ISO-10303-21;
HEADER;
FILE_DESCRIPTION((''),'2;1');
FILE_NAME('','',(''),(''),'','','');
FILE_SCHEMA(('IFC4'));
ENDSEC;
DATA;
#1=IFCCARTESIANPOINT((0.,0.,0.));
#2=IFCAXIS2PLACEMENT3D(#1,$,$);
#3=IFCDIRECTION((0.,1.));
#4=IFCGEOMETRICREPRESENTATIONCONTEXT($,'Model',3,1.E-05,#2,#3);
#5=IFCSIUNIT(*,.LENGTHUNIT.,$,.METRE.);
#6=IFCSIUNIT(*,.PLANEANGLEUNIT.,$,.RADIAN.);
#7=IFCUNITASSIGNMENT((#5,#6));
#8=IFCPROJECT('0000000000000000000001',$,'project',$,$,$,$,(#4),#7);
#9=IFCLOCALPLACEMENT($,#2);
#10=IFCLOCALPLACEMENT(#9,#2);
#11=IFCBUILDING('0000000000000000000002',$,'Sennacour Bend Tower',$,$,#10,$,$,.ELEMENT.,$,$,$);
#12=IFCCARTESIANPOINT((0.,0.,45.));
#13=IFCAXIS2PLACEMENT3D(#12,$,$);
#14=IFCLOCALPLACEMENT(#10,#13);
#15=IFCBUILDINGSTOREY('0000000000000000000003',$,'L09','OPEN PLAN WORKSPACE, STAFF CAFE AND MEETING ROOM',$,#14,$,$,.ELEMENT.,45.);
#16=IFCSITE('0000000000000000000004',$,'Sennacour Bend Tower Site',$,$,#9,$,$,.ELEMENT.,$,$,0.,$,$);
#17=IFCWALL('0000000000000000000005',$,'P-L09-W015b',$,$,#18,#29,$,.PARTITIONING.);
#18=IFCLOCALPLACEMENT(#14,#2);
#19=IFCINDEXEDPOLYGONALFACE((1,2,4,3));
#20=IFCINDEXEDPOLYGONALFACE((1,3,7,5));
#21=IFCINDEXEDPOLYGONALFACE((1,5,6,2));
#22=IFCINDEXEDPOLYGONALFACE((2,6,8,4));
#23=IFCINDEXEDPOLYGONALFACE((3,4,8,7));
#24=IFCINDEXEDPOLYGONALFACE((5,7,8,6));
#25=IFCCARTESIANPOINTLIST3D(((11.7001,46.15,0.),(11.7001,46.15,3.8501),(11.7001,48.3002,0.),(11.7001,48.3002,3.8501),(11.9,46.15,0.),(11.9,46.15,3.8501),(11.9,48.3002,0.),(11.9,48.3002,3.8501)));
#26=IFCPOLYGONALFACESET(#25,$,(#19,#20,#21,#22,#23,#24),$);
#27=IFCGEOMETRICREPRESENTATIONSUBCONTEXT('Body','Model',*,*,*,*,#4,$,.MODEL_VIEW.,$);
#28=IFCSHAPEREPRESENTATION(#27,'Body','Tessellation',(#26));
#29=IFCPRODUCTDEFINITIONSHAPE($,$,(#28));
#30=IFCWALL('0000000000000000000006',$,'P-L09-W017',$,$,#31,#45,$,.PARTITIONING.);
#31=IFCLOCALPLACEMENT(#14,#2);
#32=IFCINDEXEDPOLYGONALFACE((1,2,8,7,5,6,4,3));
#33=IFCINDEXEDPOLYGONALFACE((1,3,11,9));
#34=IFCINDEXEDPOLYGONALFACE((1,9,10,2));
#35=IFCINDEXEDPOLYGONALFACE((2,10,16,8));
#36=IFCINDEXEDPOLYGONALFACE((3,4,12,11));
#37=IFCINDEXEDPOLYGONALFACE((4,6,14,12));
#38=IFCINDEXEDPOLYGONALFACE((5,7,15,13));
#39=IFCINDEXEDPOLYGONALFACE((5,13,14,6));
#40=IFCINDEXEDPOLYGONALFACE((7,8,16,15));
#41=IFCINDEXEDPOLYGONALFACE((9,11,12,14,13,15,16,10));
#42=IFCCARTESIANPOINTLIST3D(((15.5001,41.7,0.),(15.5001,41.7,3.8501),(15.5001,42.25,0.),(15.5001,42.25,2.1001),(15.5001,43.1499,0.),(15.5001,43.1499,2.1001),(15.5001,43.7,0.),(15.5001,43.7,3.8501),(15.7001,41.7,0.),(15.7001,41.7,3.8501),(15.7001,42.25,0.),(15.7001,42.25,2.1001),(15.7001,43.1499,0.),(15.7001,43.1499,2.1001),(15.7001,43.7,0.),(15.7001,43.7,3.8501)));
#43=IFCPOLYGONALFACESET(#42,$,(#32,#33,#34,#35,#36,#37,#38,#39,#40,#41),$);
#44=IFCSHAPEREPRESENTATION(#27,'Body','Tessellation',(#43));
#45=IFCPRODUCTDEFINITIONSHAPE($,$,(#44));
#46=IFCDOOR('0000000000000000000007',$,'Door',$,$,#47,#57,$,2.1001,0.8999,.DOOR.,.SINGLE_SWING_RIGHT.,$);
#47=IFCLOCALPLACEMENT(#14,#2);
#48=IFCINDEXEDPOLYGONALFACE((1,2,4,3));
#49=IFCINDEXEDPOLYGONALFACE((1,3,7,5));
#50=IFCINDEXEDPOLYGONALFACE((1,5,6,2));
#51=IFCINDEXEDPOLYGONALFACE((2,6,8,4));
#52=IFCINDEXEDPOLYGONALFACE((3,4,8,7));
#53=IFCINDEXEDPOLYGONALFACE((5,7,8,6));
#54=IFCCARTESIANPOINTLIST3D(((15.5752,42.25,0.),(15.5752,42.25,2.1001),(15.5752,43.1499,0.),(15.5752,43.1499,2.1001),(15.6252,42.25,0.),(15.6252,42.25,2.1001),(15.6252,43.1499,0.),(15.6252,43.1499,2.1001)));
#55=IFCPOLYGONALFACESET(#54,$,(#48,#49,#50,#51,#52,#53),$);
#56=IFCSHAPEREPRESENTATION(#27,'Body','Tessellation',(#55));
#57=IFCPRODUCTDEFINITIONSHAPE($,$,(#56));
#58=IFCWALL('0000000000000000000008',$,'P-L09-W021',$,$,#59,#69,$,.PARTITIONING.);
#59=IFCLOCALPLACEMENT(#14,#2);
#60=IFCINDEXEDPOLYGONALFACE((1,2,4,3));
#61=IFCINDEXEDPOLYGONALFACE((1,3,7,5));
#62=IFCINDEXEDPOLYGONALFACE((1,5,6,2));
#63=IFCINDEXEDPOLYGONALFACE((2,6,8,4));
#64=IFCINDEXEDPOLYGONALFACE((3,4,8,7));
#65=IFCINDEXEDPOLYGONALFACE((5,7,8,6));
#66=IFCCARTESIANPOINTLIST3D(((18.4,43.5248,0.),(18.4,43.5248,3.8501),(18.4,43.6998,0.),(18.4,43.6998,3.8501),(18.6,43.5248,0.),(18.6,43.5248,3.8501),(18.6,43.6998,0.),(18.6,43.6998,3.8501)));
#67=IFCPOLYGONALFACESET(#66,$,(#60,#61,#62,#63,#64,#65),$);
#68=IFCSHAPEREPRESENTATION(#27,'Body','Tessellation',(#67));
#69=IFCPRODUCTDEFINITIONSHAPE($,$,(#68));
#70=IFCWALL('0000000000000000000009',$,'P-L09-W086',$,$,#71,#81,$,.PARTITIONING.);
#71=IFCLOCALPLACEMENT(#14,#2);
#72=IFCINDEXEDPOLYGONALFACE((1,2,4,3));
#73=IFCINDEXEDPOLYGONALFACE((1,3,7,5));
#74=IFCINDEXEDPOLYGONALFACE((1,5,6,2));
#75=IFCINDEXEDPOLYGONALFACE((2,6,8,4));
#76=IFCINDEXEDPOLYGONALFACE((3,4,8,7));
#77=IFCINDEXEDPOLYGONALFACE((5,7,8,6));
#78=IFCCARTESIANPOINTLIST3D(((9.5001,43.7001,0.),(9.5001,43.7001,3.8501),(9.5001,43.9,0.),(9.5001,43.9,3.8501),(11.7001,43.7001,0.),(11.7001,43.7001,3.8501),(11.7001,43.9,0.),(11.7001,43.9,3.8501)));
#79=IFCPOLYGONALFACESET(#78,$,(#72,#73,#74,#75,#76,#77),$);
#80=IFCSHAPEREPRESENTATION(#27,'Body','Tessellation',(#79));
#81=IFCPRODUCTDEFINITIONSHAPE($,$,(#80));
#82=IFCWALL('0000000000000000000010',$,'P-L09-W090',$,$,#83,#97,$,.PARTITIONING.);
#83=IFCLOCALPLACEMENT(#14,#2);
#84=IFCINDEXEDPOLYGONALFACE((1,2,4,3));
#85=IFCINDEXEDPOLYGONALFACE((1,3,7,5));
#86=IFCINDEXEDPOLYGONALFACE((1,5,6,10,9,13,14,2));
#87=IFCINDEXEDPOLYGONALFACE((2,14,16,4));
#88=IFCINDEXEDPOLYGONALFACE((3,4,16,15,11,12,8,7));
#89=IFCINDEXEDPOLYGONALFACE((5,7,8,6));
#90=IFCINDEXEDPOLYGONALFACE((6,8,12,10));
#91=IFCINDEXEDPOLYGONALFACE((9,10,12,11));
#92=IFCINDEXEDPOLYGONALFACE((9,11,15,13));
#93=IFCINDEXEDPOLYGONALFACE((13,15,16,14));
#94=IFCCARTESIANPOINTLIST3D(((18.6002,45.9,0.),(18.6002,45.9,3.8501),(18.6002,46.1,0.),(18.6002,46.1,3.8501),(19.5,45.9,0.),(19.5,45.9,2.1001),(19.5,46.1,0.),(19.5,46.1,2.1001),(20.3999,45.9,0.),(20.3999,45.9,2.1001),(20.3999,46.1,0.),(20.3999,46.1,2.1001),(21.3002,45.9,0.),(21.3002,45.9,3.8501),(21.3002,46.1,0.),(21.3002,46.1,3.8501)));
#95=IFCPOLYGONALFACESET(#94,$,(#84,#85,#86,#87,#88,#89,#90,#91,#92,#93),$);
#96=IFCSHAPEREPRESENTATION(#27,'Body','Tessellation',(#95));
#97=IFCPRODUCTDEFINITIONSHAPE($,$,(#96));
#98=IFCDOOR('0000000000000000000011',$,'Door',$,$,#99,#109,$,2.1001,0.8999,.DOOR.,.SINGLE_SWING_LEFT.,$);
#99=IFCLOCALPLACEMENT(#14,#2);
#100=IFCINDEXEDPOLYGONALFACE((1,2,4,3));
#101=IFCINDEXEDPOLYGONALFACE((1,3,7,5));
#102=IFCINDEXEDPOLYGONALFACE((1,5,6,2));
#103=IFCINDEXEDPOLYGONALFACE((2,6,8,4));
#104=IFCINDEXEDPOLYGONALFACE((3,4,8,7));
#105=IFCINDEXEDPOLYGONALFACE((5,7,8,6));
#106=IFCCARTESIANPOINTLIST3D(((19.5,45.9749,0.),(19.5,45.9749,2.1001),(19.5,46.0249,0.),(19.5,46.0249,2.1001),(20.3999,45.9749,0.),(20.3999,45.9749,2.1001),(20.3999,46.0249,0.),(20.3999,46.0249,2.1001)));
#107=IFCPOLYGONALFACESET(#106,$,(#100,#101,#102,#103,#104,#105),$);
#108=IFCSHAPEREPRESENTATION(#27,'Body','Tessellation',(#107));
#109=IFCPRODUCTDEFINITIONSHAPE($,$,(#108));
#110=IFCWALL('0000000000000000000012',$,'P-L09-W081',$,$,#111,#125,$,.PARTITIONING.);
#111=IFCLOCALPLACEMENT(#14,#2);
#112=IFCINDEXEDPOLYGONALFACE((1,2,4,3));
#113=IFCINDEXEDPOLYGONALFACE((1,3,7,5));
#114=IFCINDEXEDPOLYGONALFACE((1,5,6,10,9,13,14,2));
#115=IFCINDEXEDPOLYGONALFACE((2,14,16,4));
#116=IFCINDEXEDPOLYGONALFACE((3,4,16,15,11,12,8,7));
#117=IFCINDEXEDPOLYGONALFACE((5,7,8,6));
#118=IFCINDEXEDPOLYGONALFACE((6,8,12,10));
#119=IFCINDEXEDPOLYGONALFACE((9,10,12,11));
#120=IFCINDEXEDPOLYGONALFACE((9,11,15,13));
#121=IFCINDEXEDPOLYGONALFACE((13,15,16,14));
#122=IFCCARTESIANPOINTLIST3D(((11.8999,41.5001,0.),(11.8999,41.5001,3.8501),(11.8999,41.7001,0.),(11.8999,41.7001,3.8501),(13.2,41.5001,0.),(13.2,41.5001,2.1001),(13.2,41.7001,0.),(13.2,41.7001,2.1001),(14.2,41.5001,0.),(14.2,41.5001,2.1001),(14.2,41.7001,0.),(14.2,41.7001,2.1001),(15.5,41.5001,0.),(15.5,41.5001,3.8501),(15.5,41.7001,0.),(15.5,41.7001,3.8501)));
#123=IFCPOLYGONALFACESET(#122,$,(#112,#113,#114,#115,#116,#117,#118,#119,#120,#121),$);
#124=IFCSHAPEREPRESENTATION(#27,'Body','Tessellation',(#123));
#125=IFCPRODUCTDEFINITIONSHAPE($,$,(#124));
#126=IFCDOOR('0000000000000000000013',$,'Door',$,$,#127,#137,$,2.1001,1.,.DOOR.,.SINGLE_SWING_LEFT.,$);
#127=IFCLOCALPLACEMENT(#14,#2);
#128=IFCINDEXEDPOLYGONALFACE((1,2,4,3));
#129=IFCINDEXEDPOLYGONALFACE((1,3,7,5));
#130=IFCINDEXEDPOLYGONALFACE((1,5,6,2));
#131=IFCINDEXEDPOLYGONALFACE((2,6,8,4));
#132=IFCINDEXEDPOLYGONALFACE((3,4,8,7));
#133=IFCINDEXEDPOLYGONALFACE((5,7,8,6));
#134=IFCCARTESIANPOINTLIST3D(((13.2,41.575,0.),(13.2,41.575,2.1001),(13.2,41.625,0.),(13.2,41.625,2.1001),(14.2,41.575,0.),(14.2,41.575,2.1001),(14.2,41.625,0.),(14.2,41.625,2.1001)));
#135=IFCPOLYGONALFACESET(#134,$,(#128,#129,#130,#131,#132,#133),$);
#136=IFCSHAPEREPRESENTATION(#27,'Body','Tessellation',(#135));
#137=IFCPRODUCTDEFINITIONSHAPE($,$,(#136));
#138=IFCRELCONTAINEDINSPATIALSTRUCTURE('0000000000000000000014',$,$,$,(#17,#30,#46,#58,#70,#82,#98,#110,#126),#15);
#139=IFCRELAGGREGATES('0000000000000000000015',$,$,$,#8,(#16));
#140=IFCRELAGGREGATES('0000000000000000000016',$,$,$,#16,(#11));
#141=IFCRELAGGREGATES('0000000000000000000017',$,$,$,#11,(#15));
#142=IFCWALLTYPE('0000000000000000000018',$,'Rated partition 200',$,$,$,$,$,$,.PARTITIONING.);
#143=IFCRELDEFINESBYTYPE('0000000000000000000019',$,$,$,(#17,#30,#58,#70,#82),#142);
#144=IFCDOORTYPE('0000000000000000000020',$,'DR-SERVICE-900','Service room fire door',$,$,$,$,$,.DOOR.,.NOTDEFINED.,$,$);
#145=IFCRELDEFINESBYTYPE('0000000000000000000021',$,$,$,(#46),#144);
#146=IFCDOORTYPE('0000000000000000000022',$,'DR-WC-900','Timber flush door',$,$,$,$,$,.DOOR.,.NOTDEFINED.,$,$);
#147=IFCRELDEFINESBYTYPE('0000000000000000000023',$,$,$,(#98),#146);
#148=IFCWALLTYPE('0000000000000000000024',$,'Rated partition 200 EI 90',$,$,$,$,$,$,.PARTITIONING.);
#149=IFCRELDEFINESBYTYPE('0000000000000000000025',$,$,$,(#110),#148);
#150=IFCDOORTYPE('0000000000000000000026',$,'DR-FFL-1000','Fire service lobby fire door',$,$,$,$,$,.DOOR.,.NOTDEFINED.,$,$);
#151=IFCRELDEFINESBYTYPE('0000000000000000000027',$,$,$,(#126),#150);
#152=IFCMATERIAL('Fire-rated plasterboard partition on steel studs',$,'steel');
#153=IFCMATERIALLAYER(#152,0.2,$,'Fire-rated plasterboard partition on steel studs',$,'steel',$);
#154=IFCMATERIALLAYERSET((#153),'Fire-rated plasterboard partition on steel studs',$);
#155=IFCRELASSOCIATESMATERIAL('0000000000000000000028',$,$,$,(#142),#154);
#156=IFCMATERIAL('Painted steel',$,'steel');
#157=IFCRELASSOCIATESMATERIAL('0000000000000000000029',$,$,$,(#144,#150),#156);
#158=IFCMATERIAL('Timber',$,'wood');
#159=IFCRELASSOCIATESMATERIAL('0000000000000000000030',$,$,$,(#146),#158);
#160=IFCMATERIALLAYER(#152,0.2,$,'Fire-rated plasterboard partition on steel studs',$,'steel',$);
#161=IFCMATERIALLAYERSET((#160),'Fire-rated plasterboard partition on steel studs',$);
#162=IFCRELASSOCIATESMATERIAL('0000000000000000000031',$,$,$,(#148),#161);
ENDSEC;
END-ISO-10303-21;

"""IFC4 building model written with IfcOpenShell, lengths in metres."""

from ifc_helpers import new_model, si_unit, direction, frame, frame_2d, origin, place, context, subcontext, project, spatial, rectangle, extrude, material, layer, layer_set, type_object, element, fill, save


model = new_model("IFC4")

# Units and contexts
model_context = context("Model", 3, precision=1e-05, world=origin(), true_north=direction((0.0, 1.0)))
body_context = subcontext(model_context, "Body", "Model", "MODEL_VIEW")
ifc_project = project(units=[si_unit("LENGTHUNIT", "METRE"), si_unit("PLANEANGLEUNIT", "RADIAN")], contexts=[model_context])

# Site, building, storey
site_placement = place(None, origin())
site = spatial("IfcSite", under=ifc_project, at=site_placement, Name="Sennacour Bend Tower Site", CompositionType="ELEMENT", RefElevation=0.0)
building_placement = place(site_placement, origin())
building = spatial("IfcBuilding", under=site, at=building_placement, Name="Sennacour Bend Tower", CompositionType="ELEMENT")
storey_placement = place(building_placement, frame((0.0, 0.0, 45.0)))
storey = spatial("IfcBuildingStorey", under=building, at=storey_placement, Name="L09", Description="OPEN PLAN WORKSPACE, STAFF CAFE AND MEETING ROOM", CompositionType="ELEMENT", Elevation=45.0)

# Wall
ifc_material_1 = material(Name="Fire-rated plasterboard partition on steel studs", Category="steel")
ifc_layer_1 = layer(ifc_material_1, 0.2, Name="Fire-rated plasterboard partition on steel studs", Category="steel")
ifc_layer_set_1 = layer_set([ifc_layer_1], Name="Fire-rated plasterboard partition on steel studs")
wall_type_1 = type_object("IfcWallType", Name="Rated partition 200", PredefinedType="PARTITIONING", material=ifc_layer_set_1)
wall_1_placement = place(storey_placement, frame((11.8, 46.1499, 0.0), z_axis=(0.0, 0.0, 1.0), x_axis=(0.0, 1.0, 0.0)))
element("IfcWall", 1, at=wall_1_placement, inside=storey, type_object=wall_type_1, Name="P-L09-W015b", PredefinedType="PARTITIONING", context=body_context, shape_type="SweptSolid", body=[
    extrude(rectangle(XDim=2.1501, YDim=0.2, at=frame_2d((1.0752, 0.0))), origin(), (0.0, 0.0, 1.0), 3.8501),
])

# Wall, opening, door
wall_2_placement = place(storey_placement, frame((15.6001, 41.7, 0.0), z_axis=(0.0, 0.0, 1.0), x_axis=(0.0, 1.0, 0.0)))
wall_2 = element("IfcWall", 2, at=wall_2_placement, inside=storey, type_object=wall_type_1, Name="P-L09-W017", PredefinedType="PARTITIONING", context=body_context, shape_type="SweptSolid", body=[
    extrude(rectangle(XDim=2.0, YDim=0.2, at=frame_2d((1.0, 0.0))), origin(), (0.0, 0.0, 1.0), 3.8501),
])
opening_1_placement = place(wall_2_placement, frame((0.55, 0.0, 0.0)))
opening_1 = element("IfcOpeningElement", 3, at=opening_1_placement, cuts=wall_2, PredefinedType="OPENING", context=body_context, shape_type="SweptSolid", body=[
    extrude(rectangle(XDim=0.8999, YDim=2.1001, at=frame_2d((0.45, 1.05))), frame((0.0, 0.1099, 0.0), z_axis=(0.0, -1.0, 0.0), x_axis=(1.0, 0.0, 0.0)), (0.0, 0.0, 1.0), 0.22),
])
ifc_material_2 = material(Name="Painted steel", Category="steel")
door_type_1 = type_object("IfcDoorType", Name="DR-SERVICE-900", Description="Service room fire door", OperationType="NOTDEFINED", PredefinedType="DOOR", material=ifc_material_2)
door_1_placement = place(opening_1_placement, origin())
door_1 = element("IfcDoor", 4, at=door_1_placement, inside=storey, type_object=door_type_1, Name="Door", OperationType="SINGLE_SWING_RIGHT", OverallHeight=2.1001, OverallWidth=0.8999, PredefinedType="DOOR", context=body_context, shape_type="SweptSolid", body=[
    extrude(rectangle(XDim=0.8999, YDim=2.1001, at=frame_2d((0.45, 1.05))), frame((0.0, 0.0249, 0.0), z_axis=(0.0, -1.0, 0.0), x_axis=(1.0, 0.0, 0.0)), (0.0, 0.0, 1.0), 0.05),
])
fill(opening_1, door_1)

# Walls
wall_3_placement = place(storey_placement, frame((18.5, 43.5249, 0.0), z_axis=(0.0, 0.0, 1.0), x_axis=(0.0, 1.0, 0.0)))
element("IfcWall", 5, at=wall_3_placement, inside=storey, type_object=wall_type_1, Name="P-L09-W021", PredefinedType="PARTITIONING", context=body_context, shape_type="SweptSolid", body=[
    extrude(rectangle(XDim=0.175, YDim=0.2, at=frame_2d((0.0874, 0.0))), origin(), (0.0, 0.0, 1.0), 3.8501),
])
wall_4_placement = place(storey_placement, frame((9.5, 43.8, 0.0), z_axis=(0.0, 0.0, 1.0), x_axis=(1.0, 0.0, 0.0)))
element("IfcWall", 6, at=wall_4_placement, inside=storey, type_object=wall_type_1, Name="P-L09-W086", PredefinedType="PARTITIONING", context=body_context, shape_type="SweptSolid", body=[
    extrude(rectangle(XDim=2.2, YDim=0.2, at=frame_2d((1.1001, 0.0))), origin(), (0.0, 0.0, 1.0), 3.8501),
])

# Walls, openings, doors
wall_5_placement = place(storey_placement, frame((18.6001, 46.0, 0.0), z_axis=(0.0, 0.0, 1.0), x_axis=(1.0, 0.0, 0.0)))
wall_5 = element("IfcWall", 7, at=wall_5_placement, inside=storey, type_object=wall_type_1, Name="P-L09-W090", PredefinedType="PARTITIONING", context=body_context, shape_type="SweptSolid", body=[
    extrude(rectangle(XDim=2.7, YDim=0.2, at=frame_2d((1.3501, 0.0))), origin(), (0.0, 0.0, 1.0), 3.8501),
])
opening_2_placement = place(wall_5_placement, frame((0.8999, 0.0, 0.0)))
opening_2 = element("IfcOpeningElement", 8, at=opening_2_placement, cuts=wall_5, PredefinedType="OPENING", context=body_context, shape_type="SweptSolid", body=[
    extrude(rectangle(XDim=0.8999, YDim=2.1001, at=frame_2d((0.45, 1.05))), frame((0.0, 0.1099, 0.0), z_axis=(0.0, -1.0, 0.0), x_axis=(1.0, 0.0, 0.0)), (0.0, 0.0, 1.0), 0.22),
])
ifc_material_3 = material(Name="Timber", Category="wood")
door_type_2 = type_object("IfcDoorType", Name="DR-WC-900", Description="Timber flush door", OperationType="NOTDEFINED", PredefinedType="DOOR", material=ifc_material_3)
door_2_placement = place(opening_2_placement, origin())
door_2 = element("IfcDoor", 9, at=door_2_placement, inside=storey, type_object=door_type_2, Name="Door", OperationType="SINGLE_SWING_LEFT", OverallHeight=2.1001, OverallWidth=0.8999, PredefinedType="DOOR", context=body_context, shape_type="SweptSolid", body=[
    extrude(rectangle(XDim=0.8999, YDim=2.1001, at=frame_2d((0.45, 1.05))), frame((0.0, 0.0249, 0.0), z_axis=(0.0, -1.0, 0.0), x_axis=(1.0, 0.0, 0.0)), (0.0, 0.0, 1.0), 0.05),
])
fill(opening_2, door_2)
ifc_layer_2 = layer(ifc_material_1, 0.2, Name="Fire-rated plasterboard partition on steel studs", Category="steel")
ifc_layer_set_2 = layer_set([ifc_layer_2], Name="Fire-rated plasterboard partition on steel studs")
wall_type_2 = type_object("IfcWallType", Name="Rated partition 200 EI 90", PredefinedType="PARTITIONING", material=ifc_layer_set_2)
wall_6_placement = place(storey_placement, frame((11.8999, 41.6001, 0.0), z_axis=(0.0, 0.0, 1.0), x_axis=(1.0, 0.0, 0.0)))
wall_6 = element("IfcWall", 10, at=wall_6_placement, inside=storey, type_object=wall_type_2, Name="P-L09-W081", PredefinedType="PARTITIONING", context=body_context, shape_type="SweptSolid", body=[
    extrude(rectangle(XDim=3.6001, YDim=0.2, at=frame_2d((1.8, 0.0))), origin(), (0.0, 0.0, 1.0), 3.8501),
])
opening_3_placement = place(wall_6_placement, frame((1.3, 0.0, 0.0)))
opening_3 = element("IfcOpeningElement", 11, at=opening_3_placement, cuts=wall_6, PredefinedType="OPENING", context=body_context, shape_type="SweptSolid", body=[
    extrude(rectangle(XDim=1.0, YDim=2.1001, at=frame_2d((0.5, 1.05))), frame((0.0, 0.1099, 0.0), z_axis=(0.0, -1.0, 0.0), x_axis=(1.0, 0.0, 0.0)), (0.0, 0.0, 1.0), 0.22),
])
door_type_3 = type_object("IfcDoorType", Name="DR-FFL-1000", Description="Fire service lobby fire door", OperationType="NOTDEFINED", PredefinedType="DOOR", material=ifc_material_2)
door_3_placement = place(opening_3_placement, origin())
door_3 = element("IfcDoor", 12, at=door_3_placement, inside=storey, type_object=door_type_3, Name="Door", OperationType="SINGLE_SWING_LEFT", OverallHeight=2.1001, OverallWidth=1.0, PredefinedType="DOOR", context=body_context, shape_type="SweptSolid", body=[
    extrude(rectangle(XDim=1.0, YDim=2.1001, at=frame_2d((0.5, 1.05))), frame((0.0, 0.0249, 0.0), z_axis=(0.0, -1.0, 0.0), x_axis=(1.0, 0.0, 0.0)), (0.0, 0.0, 1.0), 0.05),
])
fill(opening_3, door_3)

save(model, "model.ifc")
